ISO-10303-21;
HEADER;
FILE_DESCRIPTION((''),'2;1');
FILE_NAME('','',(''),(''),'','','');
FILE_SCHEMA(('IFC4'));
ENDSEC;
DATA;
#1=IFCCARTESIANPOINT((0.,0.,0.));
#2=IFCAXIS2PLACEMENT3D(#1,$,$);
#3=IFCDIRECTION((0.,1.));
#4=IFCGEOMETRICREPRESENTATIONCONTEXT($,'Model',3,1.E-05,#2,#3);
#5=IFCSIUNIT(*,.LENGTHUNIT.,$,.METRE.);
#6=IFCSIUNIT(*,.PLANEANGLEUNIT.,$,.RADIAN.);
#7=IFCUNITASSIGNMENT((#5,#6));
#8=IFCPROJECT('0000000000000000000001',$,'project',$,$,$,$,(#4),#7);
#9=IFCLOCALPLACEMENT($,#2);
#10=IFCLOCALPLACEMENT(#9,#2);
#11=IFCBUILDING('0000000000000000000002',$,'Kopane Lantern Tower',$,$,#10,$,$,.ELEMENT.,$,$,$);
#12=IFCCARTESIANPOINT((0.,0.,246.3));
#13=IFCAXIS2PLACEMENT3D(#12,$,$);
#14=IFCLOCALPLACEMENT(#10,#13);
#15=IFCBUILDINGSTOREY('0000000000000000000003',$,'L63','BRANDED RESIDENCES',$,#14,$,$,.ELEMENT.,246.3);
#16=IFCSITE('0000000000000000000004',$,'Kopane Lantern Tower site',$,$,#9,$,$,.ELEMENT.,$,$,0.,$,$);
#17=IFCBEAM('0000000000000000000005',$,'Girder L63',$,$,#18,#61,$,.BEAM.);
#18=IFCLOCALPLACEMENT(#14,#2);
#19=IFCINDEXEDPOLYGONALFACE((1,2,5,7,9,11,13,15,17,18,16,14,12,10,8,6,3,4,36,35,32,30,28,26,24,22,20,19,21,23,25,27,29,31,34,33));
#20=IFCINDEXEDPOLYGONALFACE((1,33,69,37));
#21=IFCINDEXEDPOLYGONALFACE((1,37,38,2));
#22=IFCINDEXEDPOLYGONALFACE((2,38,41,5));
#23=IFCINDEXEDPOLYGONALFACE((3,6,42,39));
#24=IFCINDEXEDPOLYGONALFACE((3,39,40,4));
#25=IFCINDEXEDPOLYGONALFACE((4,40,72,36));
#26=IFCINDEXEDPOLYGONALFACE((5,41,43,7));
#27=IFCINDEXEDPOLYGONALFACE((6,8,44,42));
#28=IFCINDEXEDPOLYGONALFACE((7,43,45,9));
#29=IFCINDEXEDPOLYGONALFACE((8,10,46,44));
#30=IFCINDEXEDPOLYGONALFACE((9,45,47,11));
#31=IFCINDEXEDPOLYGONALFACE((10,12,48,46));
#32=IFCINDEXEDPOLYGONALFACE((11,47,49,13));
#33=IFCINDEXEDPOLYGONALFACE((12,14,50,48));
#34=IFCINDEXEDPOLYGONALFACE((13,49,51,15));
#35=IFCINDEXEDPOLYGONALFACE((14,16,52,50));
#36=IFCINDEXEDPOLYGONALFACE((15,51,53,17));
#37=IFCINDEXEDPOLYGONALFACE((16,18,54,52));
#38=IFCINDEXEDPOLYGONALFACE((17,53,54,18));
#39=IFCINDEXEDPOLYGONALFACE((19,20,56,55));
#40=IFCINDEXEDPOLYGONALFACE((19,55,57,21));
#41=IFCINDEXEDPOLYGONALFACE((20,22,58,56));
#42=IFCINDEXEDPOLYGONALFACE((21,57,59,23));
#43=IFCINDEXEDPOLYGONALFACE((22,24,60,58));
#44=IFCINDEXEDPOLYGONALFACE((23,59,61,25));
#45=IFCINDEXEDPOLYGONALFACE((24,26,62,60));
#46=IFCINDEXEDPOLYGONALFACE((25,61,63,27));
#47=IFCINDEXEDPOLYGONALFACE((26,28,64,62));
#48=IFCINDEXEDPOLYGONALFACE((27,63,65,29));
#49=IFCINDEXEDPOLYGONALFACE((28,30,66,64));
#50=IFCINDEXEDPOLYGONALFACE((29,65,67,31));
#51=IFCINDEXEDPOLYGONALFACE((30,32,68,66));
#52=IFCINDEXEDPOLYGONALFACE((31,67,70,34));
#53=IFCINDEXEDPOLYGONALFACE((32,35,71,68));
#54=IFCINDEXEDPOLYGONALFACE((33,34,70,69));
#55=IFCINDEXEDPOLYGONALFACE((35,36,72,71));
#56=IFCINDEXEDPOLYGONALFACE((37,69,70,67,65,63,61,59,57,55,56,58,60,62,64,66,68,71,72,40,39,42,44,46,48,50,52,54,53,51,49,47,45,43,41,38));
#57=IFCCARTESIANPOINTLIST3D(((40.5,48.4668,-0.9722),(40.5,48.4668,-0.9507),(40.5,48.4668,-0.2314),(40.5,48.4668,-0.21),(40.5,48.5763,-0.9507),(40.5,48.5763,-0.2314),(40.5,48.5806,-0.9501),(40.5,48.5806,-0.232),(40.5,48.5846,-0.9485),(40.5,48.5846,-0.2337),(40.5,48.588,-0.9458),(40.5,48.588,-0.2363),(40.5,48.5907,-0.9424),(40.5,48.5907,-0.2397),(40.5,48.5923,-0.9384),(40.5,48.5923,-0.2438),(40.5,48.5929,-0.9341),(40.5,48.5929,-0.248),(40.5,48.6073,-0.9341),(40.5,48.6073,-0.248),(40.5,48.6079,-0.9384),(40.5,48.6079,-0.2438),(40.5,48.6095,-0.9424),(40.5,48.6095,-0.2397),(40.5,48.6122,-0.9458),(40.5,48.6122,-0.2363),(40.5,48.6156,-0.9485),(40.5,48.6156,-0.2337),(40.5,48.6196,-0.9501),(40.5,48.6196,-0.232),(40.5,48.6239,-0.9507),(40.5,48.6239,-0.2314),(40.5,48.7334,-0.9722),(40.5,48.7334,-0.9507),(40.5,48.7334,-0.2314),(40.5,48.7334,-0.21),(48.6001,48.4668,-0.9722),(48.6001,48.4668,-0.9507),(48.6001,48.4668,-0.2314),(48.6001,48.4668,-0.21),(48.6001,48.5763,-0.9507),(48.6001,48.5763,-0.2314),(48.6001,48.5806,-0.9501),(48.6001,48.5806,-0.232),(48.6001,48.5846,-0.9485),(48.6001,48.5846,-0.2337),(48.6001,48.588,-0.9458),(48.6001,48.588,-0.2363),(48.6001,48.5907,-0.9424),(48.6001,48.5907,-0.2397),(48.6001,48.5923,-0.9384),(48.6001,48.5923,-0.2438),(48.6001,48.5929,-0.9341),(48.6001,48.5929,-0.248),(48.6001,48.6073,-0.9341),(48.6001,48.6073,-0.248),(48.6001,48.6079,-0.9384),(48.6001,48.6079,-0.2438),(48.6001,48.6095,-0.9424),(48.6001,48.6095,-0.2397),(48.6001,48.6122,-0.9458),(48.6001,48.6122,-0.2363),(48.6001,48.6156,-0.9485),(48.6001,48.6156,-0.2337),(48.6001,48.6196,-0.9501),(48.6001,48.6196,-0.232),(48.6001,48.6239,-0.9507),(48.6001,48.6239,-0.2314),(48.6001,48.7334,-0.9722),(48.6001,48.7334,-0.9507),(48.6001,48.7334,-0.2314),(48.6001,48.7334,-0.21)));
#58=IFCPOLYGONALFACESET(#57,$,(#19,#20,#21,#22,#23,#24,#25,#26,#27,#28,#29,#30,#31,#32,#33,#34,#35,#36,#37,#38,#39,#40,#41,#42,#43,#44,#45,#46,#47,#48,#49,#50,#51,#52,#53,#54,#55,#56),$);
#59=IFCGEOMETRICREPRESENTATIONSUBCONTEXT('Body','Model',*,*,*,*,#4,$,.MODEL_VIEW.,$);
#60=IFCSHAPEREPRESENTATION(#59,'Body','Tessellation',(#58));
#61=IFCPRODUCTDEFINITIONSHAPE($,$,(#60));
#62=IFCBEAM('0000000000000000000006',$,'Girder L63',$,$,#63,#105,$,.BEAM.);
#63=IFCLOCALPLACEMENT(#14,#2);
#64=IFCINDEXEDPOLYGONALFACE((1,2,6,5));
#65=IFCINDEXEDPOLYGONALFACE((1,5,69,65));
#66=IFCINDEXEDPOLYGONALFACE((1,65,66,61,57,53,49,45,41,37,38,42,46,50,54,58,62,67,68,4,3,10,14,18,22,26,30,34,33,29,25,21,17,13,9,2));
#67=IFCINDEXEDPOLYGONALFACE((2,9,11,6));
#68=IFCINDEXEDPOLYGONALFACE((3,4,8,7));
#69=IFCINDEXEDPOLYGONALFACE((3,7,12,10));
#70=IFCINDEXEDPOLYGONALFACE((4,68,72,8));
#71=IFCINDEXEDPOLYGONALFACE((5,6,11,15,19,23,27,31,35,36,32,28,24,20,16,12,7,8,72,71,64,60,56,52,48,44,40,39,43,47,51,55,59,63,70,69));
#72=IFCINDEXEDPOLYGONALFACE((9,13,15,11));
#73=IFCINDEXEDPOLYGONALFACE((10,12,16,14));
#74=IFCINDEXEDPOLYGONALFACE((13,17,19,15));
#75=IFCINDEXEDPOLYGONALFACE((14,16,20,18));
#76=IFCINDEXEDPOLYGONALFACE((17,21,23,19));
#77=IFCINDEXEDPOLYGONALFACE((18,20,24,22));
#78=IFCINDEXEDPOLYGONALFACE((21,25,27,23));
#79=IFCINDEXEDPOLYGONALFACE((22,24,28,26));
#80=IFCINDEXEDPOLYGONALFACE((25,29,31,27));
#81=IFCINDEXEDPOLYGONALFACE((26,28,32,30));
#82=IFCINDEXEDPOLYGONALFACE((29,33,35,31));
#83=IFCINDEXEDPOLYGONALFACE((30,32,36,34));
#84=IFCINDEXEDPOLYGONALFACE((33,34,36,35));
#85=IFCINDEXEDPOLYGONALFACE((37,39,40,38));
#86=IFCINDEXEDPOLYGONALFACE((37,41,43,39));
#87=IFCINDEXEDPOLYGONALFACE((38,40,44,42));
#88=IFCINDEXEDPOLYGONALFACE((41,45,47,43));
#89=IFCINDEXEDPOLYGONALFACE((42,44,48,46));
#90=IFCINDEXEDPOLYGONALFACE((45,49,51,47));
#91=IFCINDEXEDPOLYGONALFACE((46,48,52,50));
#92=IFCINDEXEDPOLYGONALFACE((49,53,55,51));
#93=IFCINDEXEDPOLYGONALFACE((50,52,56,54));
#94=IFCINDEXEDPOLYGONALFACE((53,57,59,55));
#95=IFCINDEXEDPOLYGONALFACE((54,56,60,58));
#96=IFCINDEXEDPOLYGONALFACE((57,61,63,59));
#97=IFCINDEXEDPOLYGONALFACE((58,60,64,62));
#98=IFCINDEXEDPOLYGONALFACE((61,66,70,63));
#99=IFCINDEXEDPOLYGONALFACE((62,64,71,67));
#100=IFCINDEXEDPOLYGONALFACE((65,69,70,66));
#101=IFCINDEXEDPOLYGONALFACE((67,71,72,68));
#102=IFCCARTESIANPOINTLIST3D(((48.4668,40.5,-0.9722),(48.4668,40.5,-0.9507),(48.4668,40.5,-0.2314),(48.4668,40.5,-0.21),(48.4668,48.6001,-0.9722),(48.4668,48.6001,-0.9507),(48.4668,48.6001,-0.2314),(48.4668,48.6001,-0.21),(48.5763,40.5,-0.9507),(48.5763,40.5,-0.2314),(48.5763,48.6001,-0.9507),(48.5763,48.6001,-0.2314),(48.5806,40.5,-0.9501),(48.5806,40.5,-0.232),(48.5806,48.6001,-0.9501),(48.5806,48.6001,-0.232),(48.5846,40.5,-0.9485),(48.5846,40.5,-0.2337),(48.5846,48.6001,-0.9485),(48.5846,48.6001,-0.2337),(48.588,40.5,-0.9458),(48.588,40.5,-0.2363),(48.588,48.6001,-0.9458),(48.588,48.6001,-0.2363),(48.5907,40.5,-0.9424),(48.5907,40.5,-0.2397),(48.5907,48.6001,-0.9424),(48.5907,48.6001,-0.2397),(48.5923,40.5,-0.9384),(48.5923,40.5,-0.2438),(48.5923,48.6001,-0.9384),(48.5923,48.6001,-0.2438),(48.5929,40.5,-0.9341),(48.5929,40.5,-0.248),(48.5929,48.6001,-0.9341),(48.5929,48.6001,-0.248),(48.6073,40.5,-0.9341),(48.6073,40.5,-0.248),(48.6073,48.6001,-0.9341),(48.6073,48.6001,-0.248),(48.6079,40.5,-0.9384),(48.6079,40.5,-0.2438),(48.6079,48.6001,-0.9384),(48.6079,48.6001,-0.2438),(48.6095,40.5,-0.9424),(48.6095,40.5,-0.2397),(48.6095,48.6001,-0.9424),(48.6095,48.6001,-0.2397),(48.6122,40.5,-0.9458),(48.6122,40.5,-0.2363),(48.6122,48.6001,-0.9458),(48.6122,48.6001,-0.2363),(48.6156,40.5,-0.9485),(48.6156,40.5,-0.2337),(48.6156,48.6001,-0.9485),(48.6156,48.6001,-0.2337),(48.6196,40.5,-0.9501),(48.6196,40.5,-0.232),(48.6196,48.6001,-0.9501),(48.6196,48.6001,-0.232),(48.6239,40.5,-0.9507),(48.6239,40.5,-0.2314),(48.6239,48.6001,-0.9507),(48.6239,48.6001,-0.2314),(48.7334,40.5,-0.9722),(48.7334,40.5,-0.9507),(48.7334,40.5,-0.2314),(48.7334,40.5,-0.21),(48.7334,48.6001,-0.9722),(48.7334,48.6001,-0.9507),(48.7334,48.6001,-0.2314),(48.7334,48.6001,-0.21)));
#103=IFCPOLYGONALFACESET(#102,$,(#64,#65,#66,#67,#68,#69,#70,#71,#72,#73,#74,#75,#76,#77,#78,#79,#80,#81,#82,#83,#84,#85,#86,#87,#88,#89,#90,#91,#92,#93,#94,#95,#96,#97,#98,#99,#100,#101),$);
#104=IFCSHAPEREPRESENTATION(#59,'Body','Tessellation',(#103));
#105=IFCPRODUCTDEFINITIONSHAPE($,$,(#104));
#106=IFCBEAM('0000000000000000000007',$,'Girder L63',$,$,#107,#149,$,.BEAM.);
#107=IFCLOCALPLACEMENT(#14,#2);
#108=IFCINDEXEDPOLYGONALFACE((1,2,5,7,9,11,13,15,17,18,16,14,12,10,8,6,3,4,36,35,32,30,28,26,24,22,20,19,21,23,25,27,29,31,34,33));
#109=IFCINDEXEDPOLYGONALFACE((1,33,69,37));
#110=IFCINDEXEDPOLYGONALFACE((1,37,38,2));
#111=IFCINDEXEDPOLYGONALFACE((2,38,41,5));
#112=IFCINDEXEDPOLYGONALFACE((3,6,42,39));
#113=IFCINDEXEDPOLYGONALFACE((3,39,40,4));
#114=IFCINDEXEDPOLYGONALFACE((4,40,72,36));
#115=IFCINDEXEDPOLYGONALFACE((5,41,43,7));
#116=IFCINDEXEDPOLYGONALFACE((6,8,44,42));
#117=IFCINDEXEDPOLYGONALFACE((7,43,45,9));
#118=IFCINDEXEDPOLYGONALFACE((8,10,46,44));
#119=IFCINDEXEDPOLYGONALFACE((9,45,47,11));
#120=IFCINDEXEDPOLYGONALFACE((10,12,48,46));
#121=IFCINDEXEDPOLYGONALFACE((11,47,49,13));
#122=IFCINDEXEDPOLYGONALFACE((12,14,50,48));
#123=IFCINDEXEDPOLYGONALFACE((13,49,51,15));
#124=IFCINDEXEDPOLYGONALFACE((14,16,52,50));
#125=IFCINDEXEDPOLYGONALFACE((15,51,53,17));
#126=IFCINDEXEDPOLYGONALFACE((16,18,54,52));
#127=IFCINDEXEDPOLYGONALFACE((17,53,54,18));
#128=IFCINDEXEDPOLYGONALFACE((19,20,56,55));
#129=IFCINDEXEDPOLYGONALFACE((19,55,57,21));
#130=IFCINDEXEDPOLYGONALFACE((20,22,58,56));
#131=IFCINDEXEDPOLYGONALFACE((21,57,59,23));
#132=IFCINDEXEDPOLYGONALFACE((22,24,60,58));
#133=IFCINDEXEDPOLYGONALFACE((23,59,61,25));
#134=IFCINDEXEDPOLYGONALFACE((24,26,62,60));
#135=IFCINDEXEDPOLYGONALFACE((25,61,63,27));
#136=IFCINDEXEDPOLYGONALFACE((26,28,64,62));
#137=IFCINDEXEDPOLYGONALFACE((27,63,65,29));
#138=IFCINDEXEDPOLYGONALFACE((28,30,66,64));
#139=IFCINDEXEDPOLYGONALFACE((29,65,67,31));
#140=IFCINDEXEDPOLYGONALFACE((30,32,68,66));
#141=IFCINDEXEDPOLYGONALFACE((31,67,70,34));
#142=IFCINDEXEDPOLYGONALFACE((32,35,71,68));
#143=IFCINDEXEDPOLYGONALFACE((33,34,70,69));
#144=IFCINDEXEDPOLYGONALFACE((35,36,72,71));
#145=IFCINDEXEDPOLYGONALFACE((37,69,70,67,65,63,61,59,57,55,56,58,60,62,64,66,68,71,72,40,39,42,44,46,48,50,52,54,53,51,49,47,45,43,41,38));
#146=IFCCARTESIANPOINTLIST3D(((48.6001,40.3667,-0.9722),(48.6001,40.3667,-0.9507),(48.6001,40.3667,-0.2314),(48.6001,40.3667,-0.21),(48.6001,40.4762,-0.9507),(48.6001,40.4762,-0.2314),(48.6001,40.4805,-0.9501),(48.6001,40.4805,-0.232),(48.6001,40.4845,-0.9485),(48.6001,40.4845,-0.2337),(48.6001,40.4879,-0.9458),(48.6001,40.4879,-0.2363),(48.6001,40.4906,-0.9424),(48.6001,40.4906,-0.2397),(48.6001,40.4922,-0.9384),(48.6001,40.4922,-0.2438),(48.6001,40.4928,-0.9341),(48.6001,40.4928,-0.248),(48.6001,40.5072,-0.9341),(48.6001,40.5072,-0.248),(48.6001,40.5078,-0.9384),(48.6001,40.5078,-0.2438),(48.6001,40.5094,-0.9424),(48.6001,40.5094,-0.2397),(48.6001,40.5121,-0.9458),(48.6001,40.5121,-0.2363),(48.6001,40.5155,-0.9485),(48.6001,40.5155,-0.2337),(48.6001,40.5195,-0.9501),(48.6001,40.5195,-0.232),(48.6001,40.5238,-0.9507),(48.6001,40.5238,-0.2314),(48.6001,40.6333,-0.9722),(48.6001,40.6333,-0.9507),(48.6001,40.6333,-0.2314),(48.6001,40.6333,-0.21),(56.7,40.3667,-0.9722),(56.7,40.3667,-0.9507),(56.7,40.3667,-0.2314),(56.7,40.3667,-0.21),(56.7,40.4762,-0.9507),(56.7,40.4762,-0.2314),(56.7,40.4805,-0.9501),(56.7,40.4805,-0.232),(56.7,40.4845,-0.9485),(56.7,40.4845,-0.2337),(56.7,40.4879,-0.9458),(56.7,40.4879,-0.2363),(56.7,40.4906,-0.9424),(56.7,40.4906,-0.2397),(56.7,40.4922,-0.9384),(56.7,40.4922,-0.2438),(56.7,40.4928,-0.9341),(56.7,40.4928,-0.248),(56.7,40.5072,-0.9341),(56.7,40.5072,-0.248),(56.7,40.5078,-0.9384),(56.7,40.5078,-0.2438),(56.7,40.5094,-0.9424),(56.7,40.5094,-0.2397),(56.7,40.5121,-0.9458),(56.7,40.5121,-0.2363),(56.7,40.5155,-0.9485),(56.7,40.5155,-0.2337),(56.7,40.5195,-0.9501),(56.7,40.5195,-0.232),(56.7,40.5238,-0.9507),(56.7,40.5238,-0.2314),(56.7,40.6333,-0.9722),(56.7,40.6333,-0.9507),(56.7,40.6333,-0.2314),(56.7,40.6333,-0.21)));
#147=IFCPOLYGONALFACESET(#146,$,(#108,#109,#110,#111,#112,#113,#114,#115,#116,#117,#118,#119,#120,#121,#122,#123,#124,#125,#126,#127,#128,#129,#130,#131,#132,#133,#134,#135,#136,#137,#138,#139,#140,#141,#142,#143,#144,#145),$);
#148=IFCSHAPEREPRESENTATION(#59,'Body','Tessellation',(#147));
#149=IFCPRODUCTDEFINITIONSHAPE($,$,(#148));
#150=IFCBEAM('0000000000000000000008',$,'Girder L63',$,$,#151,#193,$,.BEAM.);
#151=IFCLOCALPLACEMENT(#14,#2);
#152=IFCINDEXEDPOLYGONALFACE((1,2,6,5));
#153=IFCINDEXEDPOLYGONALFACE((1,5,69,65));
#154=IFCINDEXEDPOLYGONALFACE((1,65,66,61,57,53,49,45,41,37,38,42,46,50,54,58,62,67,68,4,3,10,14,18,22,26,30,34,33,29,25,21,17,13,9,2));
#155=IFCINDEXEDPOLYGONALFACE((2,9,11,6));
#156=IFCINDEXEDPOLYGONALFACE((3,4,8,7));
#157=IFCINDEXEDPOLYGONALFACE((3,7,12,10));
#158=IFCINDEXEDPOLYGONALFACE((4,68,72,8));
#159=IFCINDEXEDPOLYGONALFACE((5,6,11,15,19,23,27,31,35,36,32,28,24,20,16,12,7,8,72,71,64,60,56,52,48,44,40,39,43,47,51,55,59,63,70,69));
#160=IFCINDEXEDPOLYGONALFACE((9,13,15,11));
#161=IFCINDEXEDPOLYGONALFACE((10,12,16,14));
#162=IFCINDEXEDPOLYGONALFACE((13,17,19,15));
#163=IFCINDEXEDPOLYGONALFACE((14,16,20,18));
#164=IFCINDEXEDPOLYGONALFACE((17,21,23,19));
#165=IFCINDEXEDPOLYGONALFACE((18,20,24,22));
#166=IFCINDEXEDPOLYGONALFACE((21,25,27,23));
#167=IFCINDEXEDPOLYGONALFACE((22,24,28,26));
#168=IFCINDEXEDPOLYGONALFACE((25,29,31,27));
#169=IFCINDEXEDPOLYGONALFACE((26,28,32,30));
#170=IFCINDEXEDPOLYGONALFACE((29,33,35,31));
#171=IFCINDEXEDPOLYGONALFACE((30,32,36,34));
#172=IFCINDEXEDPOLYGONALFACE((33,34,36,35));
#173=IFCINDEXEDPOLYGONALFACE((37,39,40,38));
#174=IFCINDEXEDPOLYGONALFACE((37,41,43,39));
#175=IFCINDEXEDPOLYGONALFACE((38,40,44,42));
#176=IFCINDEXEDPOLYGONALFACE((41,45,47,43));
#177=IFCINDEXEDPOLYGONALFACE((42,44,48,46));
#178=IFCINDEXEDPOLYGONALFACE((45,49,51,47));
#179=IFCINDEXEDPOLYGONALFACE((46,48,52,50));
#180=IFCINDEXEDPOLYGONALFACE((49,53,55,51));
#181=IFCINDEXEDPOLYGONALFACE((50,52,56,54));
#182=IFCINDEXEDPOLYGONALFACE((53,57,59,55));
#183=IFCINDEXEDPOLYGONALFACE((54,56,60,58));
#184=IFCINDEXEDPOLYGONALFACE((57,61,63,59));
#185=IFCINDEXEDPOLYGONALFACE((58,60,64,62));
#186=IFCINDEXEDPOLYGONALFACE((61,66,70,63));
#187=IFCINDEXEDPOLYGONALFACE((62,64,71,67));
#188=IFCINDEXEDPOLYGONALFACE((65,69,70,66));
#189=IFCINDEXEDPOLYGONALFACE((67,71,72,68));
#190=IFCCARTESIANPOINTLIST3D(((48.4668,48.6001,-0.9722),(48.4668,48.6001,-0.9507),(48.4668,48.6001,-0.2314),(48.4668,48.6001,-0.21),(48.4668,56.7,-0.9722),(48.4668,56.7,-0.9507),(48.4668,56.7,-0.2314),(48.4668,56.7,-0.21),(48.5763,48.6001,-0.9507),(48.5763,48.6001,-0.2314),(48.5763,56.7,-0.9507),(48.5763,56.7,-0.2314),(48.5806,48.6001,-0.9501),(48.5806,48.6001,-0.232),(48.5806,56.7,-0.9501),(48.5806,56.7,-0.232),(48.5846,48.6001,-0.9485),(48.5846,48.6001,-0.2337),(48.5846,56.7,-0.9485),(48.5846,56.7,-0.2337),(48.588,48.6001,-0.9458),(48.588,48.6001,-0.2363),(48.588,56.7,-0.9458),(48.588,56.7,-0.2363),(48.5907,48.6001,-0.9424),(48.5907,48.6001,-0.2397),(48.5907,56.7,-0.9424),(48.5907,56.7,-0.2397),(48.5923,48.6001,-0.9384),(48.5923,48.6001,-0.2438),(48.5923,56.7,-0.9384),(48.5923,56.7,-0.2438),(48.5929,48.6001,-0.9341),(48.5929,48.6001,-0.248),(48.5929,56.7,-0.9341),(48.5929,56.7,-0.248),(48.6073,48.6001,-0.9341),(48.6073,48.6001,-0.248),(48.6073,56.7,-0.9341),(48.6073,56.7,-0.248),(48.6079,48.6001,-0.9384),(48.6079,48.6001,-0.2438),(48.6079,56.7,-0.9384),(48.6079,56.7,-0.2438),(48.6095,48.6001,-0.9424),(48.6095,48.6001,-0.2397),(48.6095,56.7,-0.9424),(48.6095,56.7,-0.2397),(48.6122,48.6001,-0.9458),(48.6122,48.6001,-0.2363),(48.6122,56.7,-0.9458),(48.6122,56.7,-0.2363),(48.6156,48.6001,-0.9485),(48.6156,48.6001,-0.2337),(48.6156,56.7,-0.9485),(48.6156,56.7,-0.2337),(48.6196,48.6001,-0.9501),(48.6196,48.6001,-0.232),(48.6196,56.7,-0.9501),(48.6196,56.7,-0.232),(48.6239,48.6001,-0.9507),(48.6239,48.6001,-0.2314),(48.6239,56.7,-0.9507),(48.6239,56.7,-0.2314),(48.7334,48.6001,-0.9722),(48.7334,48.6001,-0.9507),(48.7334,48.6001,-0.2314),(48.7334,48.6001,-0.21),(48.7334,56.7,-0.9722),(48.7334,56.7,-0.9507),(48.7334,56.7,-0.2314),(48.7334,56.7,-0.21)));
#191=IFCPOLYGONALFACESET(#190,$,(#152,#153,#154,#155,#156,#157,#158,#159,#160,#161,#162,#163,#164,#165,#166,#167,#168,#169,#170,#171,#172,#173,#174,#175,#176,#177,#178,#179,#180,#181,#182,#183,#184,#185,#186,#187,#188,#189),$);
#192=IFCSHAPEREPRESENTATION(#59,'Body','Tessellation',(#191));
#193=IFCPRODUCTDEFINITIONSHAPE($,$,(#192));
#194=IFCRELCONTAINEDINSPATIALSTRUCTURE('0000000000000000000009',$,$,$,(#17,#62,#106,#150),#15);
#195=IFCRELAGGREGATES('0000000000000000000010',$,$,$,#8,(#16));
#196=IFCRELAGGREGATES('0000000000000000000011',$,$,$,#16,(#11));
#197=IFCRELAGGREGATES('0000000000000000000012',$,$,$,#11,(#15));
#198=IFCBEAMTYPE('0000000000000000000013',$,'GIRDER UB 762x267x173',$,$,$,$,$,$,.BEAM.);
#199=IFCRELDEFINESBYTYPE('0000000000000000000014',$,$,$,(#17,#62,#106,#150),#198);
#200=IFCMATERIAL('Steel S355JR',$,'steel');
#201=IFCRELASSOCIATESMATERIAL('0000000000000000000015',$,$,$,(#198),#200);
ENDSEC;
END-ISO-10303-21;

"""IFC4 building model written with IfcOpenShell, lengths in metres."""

from ifc_helpers import new_model, si_unit, direction, frame, origin, origin_2d, place, context, subcontext, project, spatial, i_section, extrude, material, material_profile, profile_set, type_object, element, save


model = new_model("IFC4")

# Units and contexts
model_context = context("Model", 3, precision=1e-05, world=origin(), true_north=direction((0.0, 1.0)))
body_context = subcontext(model_context, "Body", "Model", "MODEL_VIEW")
ifc_project = project(units=[si_unit("LENGTHUNIT", "METRE"), si_unit("PLANEANGLEUNIT", "RADIAN")], contexts=[model_context])

# Site, building, storey
site_placement = place(None, origin())
site = spatial("IfcSite", under=ifc_project, at=site_placement, Name="Kopane Lantern Tower site", CompositionType="ELEMENT", RefElevation=0.0)
building_placement = place(site_placement, origin())
building = spatial("IfcBuilding", under=site, at=building_placement, Name="Kopane Lantern Tower", CompositionType="ELEMENT")
storey_placement = place(building_placement, frame((0.0, 0.0, 246.3)))
storey = spatial("IfcBuildingStorey", under=building, at=storey_placement, Name="L63", Description="BRANDED RESIDENCES", CompositionType="ELEMENT", Elevation=246.3)

# Beams
ifc_material_1 = material(Name="Steel S355JR", Category="steel")
ifc_material_profile_1 = material_profile(ifc_material_1, i_section(OverallWidth=0.2666, OverallDepth=0.7622, WebThickness=0.0144, FlangeThickness=0.0215, FilletRadius=0.0166, at=origin_2d()), Name="UB 762x267x173")
ifc_profile_set_1 = profile_set([ifc_material_profile_1], Name="Steel S355JR")
beam_type = type_object("IfcBeamType", Name="GIRDER UB 762x267x173", PredefinedType="BEAM", material=ifc_profile_set_1)
for number, where, z_axis, x_axis, name in (
    (1, (40.5, 48.6001, -0.5911), (1.0, 0.0, 0.0), (0.0, 1.0, 0.0), "Girder L63"),
    (2, (48.6001, 40.5, -0.5911), (0.0, 1.0, 0.0), (-1.0, 0.0, 0.0), "Girder L63"),
):
    element("IfcBeam", number, at=place(storey_placement, frame(where, z_axis=z_axis, x_axis=x_axis)), inside=storey, type_object=beam_type, Name=name, PredefinedType="BEAM", context=body_context, shape_type="SweptSolid", body=[
        extrude(i_section(OverallWidth=0.2666, OverallDepth=0.7622, WebThickness=0.0144, FlangeThickness=0.0215, FilletRadius=0.0166, at=origin_2d()), origin(), (0.0, 0.0, 1.0), 8.1001),
    ])
for number, where, z_axis, x_axis, name in (
    (3, (48.6001, 40.5, -0.5911), (1.0, 0.0, 0.0), (0.0, 1.0, 0.0), "Girder L63"),
    (4, (48.6001, 48.6001, -0.5911), (0.0, 1.0, 0.0), (-1.0, 0.0, 0.0), "Girder L63"),
):
    element("IfcBeam", number, at=place(storey_placement, frame(where, z_axis=z_axis, x_axis=x_axis)), inside=storey, type_object=beam_type, Name=name, PredefinedType="BEAM", context=body_context, shape_type="SweptSolid", body=[
        extrude(i_section(OverallWidth=0.2666, OverallDepth=0.7622, WebThickness=0.0144, FlangeThickness=0.0215, FilletRadius=0.0166, at=origin_2d()), origin(), (0.0, 0.0, 1.0), 8.0999),
    ])

save(model, "model.ifc")
